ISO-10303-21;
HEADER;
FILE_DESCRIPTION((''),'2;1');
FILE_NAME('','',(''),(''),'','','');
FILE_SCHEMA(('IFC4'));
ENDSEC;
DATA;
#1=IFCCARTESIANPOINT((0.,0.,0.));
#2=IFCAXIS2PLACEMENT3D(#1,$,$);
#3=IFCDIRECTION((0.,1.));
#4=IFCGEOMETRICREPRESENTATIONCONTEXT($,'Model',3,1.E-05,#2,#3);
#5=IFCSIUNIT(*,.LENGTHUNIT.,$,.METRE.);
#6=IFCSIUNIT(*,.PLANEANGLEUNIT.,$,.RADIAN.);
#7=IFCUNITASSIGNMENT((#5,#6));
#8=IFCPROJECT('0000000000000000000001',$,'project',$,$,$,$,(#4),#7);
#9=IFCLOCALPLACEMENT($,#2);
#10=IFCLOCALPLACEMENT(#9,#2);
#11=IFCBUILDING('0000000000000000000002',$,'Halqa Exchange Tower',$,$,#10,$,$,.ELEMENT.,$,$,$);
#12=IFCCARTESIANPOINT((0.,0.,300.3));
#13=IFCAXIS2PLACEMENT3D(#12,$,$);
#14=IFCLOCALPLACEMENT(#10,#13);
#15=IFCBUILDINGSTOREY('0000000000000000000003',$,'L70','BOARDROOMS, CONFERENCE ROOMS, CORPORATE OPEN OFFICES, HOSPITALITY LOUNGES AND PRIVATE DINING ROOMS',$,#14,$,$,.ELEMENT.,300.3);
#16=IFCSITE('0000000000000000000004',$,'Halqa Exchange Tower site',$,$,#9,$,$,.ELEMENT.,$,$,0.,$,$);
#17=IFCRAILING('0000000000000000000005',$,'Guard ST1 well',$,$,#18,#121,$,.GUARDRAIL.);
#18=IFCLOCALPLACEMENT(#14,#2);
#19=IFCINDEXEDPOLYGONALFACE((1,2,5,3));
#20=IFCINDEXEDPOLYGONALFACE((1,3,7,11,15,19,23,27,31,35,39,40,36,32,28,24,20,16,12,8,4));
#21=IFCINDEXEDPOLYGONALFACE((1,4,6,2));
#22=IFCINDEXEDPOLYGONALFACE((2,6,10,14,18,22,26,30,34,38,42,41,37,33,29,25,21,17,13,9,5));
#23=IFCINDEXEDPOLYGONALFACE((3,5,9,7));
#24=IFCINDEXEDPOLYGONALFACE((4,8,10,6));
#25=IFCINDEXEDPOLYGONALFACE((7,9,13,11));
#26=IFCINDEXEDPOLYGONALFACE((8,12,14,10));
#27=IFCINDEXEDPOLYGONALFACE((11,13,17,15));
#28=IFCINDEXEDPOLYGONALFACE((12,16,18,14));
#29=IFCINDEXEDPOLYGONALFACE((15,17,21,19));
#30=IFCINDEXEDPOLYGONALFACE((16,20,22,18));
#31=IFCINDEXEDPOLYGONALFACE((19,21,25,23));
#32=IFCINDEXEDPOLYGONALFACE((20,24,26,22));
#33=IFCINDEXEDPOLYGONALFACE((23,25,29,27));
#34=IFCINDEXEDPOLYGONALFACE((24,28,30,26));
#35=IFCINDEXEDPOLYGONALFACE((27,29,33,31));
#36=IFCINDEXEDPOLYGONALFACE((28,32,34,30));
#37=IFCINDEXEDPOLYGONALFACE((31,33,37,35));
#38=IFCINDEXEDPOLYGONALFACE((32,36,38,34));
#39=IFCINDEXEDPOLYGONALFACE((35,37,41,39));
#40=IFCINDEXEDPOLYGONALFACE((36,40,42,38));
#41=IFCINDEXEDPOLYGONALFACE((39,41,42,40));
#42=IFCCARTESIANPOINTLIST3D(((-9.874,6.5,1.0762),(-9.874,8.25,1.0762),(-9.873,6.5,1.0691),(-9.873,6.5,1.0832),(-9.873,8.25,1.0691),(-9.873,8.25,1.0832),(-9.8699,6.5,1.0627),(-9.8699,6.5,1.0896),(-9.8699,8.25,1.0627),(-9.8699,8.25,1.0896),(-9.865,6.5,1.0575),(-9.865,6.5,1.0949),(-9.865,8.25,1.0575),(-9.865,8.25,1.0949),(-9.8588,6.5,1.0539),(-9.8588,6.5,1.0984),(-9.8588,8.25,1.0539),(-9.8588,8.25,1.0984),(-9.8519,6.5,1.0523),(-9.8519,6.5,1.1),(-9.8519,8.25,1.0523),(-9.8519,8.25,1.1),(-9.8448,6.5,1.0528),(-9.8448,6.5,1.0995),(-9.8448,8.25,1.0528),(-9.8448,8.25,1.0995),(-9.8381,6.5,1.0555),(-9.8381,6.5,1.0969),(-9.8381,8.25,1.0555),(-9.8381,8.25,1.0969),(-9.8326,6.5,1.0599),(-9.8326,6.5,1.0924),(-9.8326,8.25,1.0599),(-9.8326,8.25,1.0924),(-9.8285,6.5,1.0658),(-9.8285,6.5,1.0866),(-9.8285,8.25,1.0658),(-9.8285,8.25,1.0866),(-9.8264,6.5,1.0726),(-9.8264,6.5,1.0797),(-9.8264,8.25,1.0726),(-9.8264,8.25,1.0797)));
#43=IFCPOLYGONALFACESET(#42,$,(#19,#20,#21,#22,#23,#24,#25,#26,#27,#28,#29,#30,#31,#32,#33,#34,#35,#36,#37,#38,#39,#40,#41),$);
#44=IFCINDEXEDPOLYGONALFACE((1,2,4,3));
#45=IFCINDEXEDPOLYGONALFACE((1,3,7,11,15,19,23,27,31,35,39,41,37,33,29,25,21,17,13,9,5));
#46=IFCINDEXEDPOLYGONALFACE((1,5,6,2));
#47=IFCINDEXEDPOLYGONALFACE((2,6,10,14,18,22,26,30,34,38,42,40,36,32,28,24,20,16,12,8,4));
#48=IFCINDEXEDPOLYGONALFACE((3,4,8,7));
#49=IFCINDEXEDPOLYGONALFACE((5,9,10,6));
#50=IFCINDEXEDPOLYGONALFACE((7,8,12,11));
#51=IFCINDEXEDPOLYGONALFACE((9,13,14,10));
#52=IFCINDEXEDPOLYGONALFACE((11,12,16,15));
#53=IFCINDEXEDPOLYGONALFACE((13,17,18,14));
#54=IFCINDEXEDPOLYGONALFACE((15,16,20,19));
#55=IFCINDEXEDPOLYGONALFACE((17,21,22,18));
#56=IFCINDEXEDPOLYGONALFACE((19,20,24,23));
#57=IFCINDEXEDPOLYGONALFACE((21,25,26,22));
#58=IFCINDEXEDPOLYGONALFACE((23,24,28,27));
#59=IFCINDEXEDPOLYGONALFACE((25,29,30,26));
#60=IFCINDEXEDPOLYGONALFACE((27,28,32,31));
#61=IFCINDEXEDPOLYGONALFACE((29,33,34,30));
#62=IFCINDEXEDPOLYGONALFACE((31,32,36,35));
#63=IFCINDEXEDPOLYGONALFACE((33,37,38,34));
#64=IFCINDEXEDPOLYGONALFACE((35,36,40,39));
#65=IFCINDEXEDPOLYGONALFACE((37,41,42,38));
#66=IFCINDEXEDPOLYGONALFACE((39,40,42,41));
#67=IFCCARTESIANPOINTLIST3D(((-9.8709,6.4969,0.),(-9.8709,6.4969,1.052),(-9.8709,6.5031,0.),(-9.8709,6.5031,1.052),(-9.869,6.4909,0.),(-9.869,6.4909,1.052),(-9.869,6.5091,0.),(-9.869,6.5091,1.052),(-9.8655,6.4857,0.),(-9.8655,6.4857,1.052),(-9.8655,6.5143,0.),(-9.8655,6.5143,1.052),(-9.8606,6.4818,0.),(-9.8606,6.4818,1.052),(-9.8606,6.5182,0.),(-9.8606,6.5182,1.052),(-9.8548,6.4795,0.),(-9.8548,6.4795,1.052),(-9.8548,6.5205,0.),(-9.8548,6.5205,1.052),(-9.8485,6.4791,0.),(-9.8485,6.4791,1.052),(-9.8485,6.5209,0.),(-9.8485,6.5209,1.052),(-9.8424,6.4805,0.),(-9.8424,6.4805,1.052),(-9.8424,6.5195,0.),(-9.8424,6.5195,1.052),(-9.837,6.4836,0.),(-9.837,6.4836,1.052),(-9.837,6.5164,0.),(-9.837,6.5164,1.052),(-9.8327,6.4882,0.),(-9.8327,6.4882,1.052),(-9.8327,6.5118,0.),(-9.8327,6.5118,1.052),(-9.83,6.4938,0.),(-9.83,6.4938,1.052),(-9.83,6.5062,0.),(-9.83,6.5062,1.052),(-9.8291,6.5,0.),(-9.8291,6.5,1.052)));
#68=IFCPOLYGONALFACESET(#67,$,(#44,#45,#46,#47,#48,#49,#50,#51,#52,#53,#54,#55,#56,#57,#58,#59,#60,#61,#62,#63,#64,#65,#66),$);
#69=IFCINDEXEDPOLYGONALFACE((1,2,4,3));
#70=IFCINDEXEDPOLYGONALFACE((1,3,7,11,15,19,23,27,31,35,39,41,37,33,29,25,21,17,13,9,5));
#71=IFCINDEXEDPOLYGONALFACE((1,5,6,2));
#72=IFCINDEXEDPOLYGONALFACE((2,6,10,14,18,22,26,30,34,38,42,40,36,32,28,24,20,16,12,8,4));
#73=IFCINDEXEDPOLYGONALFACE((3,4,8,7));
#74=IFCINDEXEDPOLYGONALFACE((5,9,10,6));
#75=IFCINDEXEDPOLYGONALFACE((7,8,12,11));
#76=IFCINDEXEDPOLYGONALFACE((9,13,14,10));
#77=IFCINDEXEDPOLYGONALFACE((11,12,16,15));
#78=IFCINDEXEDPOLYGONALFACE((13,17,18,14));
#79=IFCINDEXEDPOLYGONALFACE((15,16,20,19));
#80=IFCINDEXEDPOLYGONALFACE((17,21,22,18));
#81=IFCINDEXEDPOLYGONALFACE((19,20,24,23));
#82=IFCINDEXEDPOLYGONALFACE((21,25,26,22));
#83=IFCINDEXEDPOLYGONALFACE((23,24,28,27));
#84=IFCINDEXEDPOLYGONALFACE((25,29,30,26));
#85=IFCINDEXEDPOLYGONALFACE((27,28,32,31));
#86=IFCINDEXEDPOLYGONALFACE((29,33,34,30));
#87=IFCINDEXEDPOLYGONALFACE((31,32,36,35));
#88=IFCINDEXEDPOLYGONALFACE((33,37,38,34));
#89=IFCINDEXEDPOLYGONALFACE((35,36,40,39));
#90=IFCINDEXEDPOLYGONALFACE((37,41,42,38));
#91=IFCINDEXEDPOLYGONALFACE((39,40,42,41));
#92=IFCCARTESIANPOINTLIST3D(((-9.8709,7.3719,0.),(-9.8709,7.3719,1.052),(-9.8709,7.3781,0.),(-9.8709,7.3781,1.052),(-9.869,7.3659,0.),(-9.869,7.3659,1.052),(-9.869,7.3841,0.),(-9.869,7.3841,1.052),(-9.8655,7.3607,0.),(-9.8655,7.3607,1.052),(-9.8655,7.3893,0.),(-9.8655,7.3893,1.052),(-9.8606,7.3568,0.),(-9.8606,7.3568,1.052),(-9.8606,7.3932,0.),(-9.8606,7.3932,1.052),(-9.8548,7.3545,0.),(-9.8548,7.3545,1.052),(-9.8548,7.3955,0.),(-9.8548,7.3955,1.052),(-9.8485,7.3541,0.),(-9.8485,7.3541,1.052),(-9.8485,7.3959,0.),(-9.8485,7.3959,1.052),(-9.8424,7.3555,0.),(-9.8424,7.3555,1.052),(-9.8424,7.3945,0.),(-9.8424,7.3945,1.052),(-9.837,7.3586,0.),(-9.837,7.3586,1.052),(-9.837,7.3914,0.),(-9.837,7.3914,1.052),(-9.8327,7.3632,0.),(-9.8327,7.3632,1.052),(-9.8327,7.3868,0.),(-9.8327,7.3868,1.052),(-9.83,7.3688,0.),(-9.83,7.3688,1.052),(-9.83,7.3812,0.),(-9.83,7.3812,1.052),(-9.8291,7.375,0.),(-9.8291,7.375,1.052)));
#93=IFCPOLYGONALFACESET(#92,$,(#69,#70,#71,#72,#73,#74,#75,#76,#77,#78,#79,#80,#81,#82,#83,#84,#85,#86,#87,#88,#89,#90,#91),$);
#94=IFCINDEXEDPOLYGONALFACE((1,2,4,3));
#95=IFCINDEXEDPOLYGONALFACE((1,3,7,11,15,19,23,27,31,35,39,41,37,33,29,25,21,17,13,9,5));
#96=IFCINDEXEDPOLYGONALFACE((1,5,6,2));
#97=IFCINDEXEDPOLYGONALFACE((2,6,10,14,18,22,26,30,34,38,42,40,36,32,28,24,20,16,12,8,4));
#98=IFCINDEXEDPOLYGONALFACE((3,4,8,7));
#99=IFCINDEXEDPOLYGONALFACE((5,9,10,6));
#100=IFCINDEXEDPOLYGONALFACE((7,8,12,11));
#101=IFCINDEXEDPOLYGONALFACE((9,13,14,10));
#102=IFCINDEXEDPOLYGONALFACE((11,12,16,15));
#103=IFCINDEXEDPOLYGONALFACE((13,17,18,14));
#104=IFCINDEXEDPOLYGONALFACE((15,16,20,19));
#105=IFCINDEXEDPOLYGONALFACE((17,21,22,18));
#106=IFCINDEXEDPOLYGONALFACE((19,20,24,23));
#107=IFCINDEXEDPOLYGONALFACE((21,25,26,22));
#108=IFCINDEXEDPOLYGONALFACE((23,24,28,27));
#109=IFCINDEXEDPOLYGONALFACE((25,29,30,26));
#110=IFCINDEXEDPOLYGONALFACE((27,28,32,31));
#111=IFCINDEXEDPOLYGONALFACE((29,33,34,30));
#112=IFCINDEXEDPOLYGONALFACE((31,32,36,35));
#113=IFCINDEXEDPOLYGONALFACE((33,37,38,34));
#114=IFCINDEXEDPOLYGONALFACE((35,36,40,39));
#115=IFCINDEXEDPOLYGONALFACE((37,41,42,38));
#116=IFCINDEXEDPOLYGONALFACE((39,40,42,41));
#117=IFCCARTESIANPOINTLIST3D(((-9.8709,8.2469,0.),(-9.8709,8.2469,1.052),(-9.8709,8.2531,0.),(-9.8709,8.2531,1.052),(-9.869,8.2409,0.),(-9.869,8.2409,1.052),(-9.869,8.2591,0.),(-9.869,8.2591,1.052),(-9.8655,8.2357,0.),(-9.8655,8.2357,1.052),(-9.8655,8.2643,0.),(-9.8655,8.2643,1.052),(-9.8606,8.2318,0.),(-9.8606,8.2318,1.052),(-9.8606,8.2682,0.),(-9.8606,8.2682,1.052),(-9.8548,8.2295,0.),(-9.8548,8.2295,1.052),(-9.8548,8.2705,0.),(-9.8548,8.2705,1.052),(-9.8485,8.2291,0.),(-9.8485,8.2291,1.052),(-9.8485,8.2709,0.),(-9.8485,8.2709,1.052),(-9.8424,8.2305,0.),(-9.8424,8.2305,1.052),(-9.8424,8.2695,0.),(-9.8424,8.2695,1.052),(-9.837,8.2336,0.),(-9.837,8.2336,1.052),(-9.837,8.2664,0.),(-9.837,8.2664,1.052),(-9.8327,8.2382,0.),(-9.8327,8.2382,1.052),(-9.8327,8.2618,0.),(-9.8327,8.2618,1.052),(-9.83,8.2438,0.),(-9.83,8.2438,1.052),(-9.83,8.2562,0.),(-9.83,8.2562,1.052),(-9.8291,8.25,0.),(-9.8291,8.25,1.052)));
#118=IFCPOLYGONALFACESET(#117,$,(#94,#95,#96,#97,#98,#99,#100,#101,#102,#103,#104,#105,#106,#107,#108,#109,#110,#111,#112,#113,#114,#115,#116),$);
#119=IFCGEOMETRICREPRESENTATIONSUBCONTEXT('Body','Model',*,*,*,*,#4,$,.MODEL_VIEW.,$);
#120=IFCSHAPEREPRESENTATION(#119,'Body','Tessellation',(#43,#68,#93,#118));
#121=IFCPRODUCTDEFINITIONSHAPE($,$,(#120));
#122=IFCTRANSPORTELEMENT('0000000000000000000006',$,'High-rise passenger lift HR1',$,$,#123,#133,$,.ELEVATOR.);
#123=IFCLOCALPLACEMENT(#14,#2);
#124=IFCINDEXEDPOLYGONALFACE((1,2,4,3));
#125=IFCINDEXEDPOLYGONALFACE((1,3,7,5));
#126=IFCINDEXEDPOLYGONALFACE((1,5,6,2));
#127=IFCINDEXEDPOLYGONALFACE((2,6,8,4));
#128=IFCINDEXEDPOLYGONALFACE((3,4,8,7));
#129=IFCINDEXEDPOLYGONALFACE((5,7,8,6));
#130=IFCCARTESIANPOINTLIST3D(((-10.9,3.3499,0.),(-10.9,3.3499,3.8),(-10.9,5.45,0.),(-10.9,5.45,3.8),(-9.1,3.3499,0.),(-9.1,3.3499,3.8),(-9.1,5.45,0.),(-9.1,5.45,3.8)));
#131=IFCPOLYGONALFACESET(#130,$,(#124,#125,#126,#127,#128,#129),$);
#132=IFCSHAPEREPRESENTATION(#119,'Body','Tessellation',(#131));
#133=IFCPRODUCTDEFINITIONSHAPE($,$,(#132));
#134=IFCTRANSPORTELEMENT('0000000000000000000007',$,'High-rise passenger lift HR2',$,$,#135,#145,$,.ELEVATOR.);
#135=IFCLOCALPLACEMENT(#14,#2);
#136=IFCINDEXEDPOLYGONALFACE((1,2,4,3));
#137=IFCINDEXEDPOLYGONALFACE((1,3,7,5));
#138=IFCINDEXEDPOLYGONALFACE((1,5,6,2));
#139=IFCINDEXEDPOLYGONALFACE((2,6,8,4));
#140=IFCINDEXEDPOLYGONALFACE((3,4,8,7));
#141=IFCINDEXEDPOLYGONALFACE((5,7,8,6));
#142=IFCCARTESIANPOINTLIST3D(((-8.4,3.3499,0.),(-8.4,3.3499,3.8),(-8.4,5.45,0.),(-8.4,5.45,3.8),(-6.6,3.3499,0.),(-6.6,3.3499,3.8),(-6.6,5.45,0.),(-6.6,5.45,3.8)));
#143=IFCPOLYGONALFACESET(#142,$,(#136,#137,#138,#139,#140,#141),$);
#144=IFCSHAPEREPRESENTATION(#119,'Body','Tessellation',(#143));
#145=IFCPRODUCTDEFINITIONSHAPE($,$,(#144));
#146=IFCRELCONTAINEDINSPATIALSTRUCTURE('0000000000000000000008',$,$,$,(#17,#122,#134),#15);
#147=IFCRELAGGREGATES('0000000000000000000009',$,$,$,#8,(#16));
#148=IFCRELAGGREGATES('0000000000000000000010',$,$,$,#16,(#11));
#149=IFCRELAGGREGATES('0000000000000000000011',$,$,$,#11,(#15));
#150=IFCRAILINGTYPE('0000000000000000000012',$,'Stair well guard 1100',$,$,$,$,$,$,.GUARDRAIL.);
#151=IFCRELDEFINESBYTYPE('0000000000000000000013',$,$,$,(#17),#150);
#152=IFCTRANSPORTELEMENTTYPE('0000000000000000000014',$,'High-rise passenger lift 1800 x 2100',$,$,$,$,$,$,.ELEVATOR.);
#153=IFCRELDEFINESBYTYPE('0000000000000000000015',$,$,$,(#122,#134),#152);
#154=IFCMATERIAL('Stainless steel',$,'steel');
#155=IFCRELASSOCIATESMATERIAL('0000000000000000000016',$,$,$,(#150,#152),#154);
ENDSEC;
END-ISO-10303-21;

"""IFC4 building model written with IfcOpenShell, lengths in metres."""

from ifc_helpers import new_model, si_unit, direction, frame, origin, origin_2d, place, context, subcontext, project, spatial, rectangle, circle, extrude, material, type_object, element, save


model = new_model("IFC4")

# Units and contexts
model_context = context("Model", 3, precision=1e-05, world=origin(), true_north=direction((0.0, 1.0)))
body_context = subcontext(model_context, "Body", "Model", "MODEL_VIEW")
ifc_project = project(units=[si_unit("LENGTHUNIT", "METRE"), si_unit("PLANEANGLEUNIT", "RADIAN")], contexts=[model_context])

# Site, building, storey
site_placement = place(None, origin())
site = spatial("IfcSite", under=ifc_project, at=site_placement, Name="Halqa Exchange Tower site", CompositionType="ELEMENT", RefElevation=0.0)
building_placement = place(site_placement, origin())
building = spatial("IfcBuilding", under=site, at=building_placement, Name="Halqa Exchange Tower", CompositionType="ELEMENT")
storey_placement = place(building_placement, frame((0.0, 0.0, 300.3)))
storey = spatial("IfcBuildingStorey", under=building, at=storey_placement, Name="L70", Description="BOARDROOMS, CONFERENCE ROOMS, CORPORATE OPEN OFFICES, HOSPITALITY LOUNGES AND PRIVATE DINING ROOMS", CompositionType="ELEMENT", Elevation=300.3)

# Shared definitions
ifc_material_1 = material(Name="Stainless steel", Category="steel")

# Railing
railing_type_1 = type_object("IfcRailingType", Name="Stair well guard 1100", PredefinedType="GUARDRAIL", material=ifc_material_1)
railing_1_placement = place(storey_placement, frame((-9.8501, 6.5, 0.0)))
element("IfcRailing", 1, at=railing_1_placement, inside=storey, type_object=railing_type_1, Name="Guard ST1 well", PredefinedType="GUARDRAIL", context=body_context, shape_type="SweptSolid", body=[
    extrude(circle(Radius=0.0239, at=origin_2d()), frame((0.0, 0.0, 1.0762), z_axis=(0.0, 1.0, 0.0), x_axis=(-1.0, 0.0, 0.0)), (0.0, 0.0, 1.0), 1.75),
    extrude(circle(Radius=0.021, at=origin_2d()), origin(), (0.0, 0.0, 1.0), 1.052),
    extrude(circle(Radius=0.021, at=origin_2d()), frame((0.0, 0.875, 0.0)), (0.0, 0.0, 1.0), 1.052),
    extrude(circle(Radius=0.021, at=origin_2d()), frame((0.0, 1.75, 0.0)), (0.0, 0.0, 1.0), 1.052),
])

# Transport elements
transport_element_type = type_object("IfcTransportElementType", Name="High-rise passenger lift 1800 x 2100", PredefinedType="ELEVATOR", material=ifc_material_1)
for number, where, z_axis, x_axis, name in (
    (2, (-10.0, 4.3999, 0.0), (0.0, 0.0, 1.0), (1.0, 0.0, 0.0), "High-rise passenger lift HR1"),
    (3, (-7.5, 4.3999, 0.0), (0.0, 0.0, 1.0), (1.0, 0.0, 0.0), "High-rise passenger lift HR2"),
):
    element("IfcTransportElement", number, at=place(storey_placement, frame(where, z_axis=z_axis, x_axis=x_axis)), inside=storey, type_object=transport_element_type, Name=name, PredefinedType="ELEVATOR", context=body_context, shape_type="SweptSolid", body=[
        extrude(rectangle(XDim=1.8, YDim=2.1001, at=origin_2d()), origin(), (0.0, 0.0, 1.0), 3.8),
    ])

save(model, "model.ifc")
